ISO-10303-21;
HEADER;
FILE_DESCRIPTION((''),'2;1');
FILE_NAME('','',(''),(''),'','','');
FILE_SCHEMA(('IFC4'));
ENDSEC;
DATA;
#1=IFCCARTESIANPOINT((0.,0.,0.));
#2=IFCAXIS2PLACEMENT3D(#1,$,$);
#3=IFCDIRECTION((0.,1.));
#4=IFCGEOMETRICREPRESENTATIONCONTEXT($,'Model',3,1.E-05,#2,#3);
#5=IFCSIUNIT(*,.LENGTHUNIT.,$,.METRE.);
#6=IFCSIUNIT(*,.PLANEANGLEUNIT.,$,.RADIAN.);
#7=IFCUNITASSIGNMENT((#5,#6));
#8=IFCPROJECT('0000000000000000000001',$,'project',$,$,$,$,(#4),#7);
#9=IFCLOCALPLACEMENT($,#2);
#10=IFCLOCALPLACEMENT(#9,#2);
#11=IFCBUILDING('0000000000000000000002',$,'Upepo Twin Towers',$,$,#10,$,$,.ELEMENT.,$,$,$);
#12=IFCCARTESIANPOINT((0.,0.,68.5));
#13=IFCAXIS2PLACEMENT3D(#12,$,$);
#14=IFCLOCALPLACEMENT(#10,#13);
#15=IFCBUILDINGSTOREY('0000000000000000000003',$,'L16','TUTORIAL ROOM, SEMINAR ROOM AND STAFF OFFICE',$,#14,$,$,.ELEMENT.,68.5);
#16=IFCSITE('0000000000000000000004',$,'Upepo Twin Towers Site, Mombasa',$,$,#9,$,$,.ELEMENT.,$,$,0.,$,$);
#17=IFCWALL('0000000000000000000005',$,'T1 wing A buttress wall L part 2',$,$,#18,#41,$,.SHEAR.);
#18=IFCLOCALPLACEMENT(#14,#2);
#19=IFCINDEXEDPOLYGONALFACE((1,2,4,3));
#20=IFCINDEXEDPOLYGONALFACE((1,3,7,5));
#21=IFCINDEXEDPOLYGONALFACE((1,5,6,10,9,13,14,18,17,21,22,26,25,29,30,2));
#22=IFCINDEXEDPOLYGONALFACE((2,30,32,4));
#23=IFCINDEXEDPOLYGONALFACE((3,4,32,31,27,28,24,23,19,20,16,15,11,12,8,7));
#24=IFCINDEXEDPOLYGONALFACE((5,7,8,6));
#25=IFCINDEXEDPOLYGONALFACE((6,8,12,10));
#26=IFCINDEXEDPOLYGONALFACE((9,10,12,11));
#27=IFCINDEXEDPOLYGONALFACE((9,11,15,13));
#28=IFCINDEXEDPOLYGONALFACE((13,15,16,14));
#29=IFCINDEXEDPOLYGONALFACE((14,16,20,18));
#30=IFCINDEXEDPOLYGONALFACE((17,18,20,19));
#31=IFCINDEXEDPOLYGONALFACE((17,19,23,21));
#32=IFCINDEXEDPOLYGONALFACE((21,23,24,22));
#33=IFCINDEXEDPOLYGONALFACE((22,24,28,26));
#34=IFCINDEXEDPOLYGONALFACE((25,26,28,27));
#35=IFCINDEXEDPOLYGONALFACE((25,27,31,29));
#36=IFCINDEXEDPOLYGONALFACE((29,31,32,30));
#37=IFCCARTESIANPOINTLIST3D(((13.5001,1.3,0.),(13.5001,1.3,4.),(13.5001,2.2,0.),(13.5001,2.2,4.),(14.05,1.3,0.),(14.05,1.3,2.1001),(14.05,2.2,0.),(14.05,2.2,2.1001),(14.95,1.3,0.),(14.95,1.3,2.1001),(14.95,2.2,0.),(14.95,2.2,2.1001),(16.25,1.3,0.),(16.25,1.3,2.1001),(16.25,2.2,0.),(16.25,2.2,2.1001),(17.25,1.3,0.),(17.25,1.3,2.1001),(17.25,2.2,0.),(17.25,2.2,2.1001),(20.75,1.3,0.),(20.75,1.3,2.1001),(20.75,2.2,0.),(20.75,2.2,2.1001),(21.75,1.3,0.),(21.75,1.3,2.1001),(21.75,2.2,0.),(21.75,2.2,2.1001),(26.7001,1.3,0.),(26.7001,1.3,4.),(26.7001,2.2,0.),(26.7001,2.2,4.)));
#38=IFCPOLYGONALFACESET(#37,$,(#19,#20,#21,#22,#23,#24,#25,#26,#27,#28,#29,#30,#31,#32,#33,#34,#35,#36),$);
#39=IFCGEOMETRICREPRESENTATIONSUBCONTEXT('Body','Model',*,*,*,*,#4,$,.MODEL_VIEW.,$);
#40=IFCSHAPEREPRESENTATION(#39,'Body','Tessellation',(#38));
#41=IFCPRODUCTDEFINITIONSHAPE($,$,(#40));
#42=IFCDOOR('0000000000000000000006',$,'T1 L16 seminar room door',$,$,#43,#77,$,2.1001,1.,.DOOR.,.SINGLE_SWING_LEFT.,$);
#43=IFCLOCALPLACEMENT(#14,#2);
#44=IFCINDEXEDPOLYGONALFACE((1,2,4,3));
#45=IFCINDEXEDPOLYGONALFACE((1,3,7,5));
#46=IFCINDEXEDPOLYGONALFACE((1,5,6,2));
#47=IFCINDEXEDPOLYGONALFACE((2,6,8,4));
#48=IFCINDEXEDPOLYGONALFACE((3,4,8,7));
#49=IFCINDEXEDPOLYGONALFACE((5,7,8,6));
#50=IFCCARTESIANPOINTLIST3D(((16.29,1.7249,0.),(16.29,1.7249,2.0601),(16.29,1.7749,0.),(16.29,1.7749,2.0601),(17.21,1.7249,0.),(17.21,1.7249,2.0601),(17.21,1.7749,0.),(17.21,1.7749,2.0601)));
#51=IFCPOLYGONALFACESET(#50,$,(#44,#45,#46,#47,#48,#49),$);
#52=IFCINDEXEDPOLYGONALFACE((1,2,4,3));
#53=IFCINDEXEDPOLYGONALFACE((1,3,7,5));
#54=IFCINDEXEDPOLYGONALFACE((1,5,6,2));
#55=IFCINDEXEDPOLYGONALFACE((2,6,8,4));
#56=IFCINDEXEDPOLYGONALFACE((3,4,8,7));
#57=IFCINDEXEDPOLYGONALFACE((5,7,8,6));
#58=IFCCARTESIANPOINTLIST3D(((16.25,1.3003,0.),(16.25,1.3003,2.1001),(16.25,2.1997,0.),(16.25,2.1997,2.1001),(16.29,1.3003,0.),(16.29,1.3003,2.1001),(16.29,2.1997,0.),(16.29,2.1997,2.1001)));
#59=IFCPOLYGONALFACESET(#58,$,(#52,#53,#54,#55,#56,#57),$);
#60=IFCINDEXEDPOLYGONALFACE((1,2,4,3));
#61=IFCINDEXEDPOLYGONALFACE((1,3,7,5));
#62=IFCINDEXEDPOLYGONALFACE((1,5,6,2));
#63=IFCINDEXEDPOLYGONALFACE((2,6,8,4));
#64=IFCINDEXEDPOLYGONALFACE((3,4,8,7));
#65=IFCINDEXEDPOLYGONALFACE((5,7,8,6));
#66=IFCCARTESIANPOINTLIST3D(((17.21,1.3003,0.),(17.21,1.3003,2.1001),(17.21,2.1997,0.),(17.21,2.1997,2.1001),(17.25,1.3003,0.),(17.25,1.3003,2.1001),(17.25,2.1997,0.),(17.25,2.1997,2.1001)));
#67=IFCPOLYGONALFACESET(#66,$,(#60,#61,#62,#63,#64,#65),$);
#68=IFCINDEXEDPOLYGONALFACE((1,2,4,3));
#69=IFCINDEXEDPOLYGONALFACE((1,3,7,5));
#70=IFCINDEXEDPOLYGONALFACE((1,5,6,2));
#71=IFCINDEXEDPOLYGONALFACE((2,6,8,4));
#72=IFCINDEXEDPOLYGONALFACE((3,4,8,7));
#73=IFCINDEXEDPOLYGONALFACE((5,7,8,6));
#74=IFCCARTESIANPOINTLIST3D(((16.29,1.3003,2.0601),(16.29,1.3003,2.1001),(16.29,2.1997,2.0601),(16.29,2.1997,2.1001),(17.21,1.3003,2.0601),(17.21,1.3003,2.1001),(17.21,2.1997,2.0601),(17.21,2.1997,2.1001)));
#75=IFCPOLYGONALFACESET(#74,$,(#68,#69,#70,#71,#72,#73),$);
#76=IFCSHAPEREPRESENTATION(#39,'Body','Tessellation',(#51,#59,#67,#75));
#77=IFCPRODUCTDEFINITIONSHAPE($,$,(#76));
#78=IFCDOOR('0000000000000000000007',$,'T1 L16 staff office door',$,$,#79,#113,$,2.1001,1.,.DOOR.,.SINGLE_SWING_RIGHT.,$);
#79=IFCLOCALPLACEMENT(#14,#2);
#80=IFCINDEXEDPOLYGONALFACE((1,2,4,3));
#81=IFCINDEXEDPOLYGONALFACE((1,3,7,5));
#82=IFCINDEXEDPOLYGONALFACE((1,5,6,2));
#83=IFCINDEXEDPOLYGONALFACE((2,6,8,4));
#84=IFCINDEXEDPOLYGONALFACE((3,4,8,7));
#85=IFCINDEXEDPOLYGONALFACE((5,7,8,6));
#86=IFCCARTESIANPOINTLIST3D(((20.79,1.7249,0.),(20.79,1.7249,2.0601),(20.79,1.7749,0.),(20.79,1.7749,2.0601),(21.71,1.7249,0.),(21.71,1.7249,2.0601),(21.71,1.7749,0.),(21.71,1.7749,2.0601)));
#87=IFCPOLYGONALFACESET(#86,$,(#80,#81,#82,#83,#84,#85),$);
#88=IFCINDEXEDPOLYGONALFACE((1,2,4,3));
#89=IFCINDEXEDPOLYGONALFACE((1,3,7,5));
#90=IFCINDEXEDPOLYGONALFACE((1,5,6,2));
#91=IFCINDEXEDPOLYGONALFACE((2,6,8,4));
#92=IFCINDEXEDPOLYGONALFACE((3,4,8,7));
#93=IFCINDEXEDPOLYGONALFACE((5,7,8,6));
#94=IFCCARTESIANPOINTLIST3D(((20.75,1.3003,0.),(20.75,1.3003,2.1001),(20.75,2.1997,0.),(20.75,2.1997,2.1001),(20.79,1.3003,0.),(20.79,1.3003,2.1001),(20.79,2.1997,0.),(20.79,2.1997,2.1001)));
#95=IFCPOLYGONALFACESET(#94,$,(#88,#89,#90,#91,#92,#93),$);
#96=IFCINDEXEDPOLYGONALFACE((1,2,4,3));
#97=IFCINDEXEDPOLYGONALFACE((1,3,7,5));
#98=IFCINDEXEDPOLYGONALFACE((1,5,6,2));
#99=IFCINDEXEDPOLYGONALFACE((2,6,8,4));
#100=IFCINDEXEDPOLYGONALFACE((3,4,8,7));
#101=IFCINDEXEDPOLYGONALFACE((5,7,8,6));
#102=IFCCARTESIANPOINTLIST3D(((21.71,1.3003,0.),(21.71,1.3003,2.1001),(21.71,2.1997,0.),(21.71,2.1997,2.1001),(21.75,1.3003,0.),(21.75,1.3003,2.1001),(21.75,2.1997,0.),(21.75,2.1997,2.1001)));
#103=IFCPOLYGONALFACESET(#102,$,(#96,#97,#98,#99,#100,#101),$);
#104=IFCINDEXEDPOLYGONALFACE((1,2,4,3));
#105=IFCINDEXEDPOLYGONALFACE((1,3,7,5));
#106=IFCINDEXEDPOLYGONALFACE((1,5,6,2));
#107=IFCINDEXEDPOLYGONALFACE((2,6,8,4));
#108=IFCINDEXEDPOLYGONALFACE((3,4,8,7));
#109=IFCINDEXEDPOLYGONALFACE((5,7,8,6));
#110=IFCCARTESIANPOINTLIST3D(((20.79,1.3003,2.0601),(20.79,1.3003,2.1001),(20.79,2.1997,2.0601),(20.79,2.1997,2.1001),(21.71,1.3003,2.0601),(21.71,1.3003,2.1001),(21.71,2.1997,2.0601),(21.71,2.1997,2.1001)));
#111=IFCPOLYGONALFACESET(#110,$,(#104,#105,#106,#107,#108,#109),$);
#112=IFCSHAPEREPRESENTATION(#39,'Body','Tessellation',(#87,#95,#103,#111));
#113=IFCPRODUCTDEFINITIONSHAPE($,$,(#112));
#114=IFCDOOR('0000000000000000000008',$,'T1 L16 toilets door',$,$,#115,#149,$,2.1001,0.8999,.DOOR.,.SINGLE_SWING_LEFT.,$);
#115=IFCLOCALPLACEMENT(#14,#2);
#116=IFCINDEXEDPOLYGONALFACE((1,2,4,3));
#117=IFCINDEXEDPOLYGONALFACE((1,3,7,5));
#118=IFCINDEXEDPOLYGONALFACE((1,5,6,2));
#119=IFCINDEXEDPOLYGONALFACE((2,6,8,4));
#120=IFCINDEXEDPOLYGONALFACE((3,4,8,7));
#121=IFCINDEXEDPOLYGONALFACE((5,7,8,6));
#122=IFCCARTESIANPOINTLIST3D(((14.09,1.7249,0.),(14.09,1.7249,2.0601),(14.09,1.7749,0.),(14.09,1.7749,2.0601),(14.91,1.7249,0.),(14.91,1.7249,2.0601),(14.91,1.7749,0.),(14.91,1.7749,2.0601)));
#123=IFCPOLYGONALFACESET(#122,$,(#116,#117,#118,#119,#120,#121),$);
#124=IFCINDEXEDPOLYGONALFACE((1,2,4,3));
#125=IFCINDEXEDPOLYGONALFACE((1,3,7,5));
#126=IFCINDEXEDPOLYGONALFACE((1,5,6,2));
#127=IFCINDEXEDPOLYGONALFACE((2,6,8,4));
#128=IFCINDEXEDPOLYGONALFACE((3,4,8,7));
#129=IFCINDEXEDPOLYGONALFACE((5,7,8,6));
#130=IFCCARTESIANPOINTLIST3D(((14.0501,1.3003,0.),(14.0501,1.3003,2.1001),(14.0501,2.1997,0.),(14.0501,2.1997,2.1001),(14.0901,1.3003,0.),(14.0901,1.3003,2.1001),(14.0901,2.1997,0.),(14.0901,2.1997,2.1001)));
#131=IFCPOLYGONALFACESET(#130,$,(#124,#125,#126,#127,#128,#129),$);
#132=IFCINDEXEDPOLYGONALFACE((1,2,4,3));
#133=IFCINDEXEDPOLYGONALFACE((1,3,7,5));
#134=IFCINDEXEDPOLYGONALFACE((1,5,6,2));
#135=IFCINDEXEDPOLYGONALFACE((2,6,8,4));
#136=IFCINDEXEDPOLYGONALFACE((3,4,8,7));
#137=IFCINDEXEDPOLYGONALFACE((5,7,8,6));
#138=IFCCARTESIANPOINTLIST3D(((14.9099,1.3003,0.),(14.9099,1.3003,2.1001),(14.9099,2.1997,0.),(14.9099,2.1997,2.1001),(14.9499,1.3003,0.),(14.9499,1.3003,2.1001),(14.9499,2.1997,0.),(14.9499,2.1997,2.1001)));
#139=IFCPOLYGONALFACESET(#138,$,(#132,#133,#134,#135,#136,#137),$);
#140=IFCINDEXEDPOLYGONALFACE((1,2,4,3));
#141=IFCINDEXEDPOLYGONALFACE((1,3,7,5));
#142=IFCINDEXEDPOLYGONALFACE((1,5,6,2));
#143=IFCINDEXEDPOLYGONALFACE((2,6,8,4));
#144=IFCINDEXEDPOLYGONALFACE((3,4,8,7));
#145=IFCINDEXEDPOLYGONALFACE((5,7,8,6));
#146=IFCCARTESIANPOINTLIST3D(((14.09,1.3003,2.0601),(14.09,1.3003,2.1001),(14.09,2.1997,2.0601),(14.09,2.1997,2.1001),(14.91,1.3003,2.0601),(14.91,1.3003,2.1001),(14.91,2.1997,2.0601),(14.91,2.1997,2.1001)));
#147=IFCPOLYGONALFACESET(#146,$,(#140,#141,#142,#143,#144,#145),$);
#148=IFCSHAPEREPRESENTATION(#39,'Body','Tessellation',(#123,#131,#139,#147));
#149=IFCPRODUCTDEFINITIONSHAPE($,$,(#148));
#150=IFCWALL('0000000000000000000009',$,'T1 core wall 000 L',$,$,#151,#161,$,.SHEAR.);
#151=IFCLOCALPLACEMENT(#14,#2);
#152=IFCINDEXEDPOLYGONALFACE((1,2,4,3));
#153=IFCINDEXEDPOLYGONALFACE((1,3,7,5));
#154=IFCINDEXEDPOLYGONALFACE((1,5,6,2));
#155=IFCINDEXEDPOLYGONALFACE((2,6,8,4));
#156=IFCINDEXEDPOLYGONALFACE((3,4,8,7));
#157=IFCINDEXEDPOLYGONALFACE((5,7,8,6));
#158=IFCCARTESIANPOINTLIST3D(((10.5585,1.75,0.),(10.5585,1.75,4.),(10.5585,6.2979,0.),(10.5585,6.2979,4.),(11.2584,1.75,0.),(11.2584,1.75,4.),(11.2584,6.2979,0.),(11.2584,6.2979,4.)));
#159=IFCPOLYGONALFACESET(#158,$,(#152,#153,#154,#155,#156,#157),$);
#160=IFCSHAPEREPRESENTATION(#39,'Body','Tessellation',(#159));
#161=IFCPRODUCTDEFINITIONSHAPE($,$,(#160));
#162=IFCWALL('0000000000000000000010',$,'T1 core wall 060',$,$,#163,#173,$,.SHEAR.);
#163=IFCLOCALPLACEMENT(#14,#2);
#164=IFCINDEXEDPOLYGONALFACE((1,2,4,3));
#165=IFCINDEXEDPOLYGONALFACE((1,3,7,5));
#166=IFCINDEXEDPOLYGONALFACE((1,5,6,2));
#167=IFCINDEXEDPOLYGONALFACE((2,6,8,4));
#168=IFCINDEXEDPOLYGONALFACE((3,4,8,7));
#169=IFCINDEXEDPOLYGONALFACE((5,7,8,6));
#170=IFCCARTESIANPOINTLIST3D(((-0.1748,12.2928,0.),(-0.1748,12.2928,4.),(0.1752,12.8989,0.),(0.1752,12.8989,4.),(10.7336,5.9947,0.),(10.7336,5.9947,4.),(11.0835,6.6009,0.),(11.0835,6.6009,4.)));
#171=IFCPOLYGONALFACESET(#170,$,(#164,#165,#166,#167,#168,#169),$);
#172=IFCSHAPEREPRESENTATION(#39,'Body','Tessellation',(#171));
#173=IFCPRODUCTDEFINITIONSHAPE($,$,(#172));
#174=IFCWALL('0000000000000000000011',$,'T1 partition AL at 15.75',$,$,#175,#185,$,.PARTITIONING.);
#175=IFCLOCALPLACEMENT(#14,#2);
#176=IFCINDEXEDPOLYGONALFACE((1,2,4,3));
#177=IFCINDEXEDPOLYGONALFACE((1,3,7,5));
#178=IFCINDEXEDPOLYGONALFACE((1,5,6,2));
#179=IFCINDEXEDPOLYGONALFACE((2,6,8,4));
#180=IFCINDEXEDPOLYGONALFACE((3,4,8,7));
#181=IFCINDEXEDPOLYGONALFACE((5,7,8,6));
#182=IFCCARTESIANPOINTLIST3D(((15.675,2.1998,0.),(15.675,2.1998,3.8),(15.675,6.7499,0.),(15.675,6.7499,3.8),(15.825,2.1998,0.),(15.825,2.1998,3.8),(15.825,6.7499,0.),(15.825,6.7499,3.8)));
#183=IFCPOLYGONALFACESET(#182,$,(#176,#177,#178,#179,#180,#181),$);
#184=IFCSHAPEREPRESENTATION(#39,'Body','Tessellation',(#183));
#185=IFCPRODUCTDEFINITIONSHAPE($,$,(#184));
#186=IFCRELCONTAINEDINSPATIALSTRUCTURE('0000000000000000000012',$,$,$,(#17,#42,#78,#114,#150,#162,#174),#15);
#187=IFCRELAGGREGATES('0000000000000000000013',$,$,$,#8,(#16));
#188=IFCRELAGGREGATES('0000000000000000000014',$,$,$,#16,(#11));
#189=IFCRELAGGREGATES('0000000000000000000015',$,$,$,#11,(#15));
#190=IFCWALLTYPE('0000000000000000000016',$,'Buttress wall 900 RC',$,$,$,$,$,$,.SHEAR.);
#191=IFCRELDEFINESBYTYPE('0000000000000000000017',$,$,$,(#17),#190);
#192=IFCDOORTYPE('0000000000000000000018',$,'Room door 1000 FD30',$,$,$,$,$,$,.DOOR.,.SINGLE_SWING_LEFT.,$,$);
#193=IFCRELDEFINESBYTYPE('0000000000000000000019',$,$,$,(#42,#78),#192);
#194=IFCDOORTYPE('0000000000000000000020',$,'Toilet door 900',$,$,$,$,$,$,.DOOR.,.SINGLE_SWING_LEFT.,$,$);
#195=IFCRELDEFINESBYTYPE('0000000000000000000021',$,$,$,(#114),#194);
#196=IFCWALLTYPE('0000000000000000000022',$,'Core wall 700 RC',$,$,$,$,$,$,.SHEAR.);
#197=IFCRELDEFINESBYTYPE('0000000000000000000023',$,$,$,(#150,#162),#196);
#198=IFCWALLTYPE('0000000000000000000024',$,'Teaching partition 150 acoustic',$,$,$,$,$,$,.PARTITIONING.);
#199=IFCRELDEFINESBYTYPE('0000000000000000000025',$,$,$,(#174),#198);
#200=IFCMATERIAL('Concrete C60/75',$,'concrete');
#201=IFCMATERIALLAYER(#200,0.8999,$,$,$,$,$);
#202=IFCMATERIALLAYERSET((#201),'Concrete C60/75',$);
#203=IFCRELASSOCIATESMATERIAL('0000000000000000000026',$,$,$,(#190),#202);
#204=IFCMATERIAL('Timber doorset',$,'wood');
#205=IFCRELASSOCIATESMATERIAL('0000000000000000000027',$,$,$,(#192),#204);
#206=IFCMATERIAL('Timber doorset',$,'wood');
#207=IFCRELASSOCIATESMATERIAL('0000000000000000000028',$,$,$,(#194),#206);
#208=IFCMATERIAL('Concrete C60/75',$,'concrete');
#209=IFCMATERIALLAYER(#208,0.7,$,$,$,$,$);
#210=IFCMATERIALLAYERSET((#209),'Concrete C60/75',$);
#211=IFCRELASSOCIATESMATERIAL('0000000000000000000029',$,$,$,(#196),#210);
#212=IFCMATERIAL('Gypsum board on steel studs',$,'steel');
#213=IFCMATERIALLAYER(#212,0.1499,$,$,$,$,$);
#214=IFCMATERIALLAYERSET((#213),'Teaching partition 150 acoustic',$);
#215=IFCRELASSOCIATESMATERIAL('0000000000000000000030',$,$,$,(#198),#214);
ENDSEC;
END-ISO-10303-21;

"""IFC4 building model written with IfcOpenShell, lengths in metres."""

from ifc_helpers import new_model, si_unit, direction, frame, frame_2d, origin, place, context, subcontext, project, spatial, rectangle, extrude, material, layer, layer_set, type_object, element, fill, save


model = new_model("IFC4")

# Units and contexts
model_context = context("Model", 3, precision=1e-05, world=origin(), true_north=direction((0.0, 1.0)))
body_context = subcontext(model_context, "Body", "Model", "MODEL_VIEW")
ifc_project = project(units=[si_unit("LENGTHUNIT", "METRE"), si_unit("PLANEANGLEUNIT", "RADIAN")], contexts=[model_context])

# Site, building, storey
site_placement = place(None, origin())
site = spatial("IfcSite", under=ifc_project, at=site_placement, Name="Upepo Twin Towers Site, Mombasa", CompositionType="ELEMENT", RefElevation=0.0)
building_placement = place(site_placement, origin())
building = spatial("IfcBuilding", under=site, at=building_placement, Name="Upepo Twin Towers", CompositionType="ELEMENT")
storey_placement = place(building_placement, frame((0.0, 0.0, 68.5)))
storey = spatial("IfcBuildingStorey", under=building, at=storey_placement, Name="L16", Description="TUTORIAL ROOM, SEMINAR ROOM AND STAFF OFFICE", CompositionType="ELEMENT", Elevation=68.5)

# Wall, openings, doors
ifc_material_1 = material(Name="Concrete C60/75", Category="concrete")
ifc_layer_1 = layer(ifc_material_1, 0.8999)
ifc_layer_set_1 = layer_set([ifc_layer_1], Name="Concrete C60/75")
wall_type_1 = type_object("IfcWallType", Name="Buttress wall 900 RC", PredefinedType="SHEAR", material=ifc_layer_set_1)
wall_1_placement = place(storey_placement, frame((13.5, 1.75, 0.0), z_axis=(0.0, 0.0, 1.0), x_axis=(1.0, 0.0, 0.0)))
wall_1 = element("IfcWall", 1, at=wall_1_placement, inside=storey, type_object=wall_type_1, Name="T1 wing A buttress wall L part 2", PredefinedType="SHEAR", context=body_context, shape_type="SweptSolid", body=[
    extrude(rectangle(XDim=13.2, YDim=0.8999, at=frame_2d((6.6001, 0.0))), origin(), (0.0, 0.0, 1.0), 4.0),
])
opening_1_placement = place(wall_1_placement, frame((0.55, 0.0, 0.0)))
opening_1 = element("IfcOpeningElement", 2, at=opening_1_placement, cuts=wall_1, PredefinedType="OPENING", context=body_context, shape_type="SweptSolid", body=[
    extrude(rectangle(XDim=0.8999, YDim=2.1001, at=frame_2d((0.45, 1.05))), frame((0.0, 0.46, 0.0), z_axis=(0.0, -1.0, 0.0), x_axis=(1.0, 0.0, 0.0)), (0.0, 0.0, 1.0), 0.9199),
])
opening_2_placement = place(wall_1_placement, frame((2.75, 0.0, 0.0)))
opening_2 = element("IfcOpeningElement", 3, at=opening_2_placement, cuts=wall_1, PredefinedType="OPENING", context=body_context, shape_type="SweptSolid", body=[
    extrude(rectangle(XDim=1.0, YDim=2.1001, at=frame_2d((0.5, 1.05))), frame((0.0, 0.46, 0.0), z_axis=(0.0, -1.0, 0.0), x_axis=(1.0, 0.0, 0.0)), (0.0, 0.0, 1.0), 0.9199),
])
opening_3_placement = place(wall_1_placement, frame((7.25, 0.0, 0.0)))
opening_3 = element("IfcOpeningElement", 4, at=opening_3_placement, cuts=wall_1, PredefinedType="OPENING", context=body_context, shape_type="SweptSolid", body=[
    extrude(rectangle(XDim=1.0, YDim=2.1001, at=frame_2d((0.5, 1.05))), frame((0.0, 0.46, 0.0), z_axis=(0.0, -1.0, 0.0), x_axis=(1.0, 0.0, 0.0)), (0.0, 0.0, 1.0), 0.9199),
])
ifc_material_2 = material(Name="Timber doorset", Category="wood")
door_type_1 = type_object("IfcDoorType", Name="Room door 1000 FD30", OperationType="SINGLE_SWING_LEFT", PredefinedType="DOOR", material=ifc_material_2)
door_1_placement = place(opening_2_placement, origin())
door_1 = element("IfcDoor", 5, at=door_1_placement, inside=storey, type_object=door_type_1, Name="T1 L16 seminar room door", OperationType="SINGLE_SWING_LEFT", OverallHeight=2.1001, OverallWidth=1.0, PredefinedType="DOOR", context=body_context, shape_type="SweptSolid", body=[
    extrude(rectangle(XDim=0.92, YDim=2.0601, at=frame_2d((0.5, 1.03))), frame((0.0, 0.0249, 0.0), z_axis=(0.0, -1.0, 0.0), x_axis=(1.0, 0.0, 0.0)), (0.0, 0.0, 1.0), 0.05),
    extrude(rectangle(XDim=0.04, YDim=2.1001, at=frame_2d((0.02, 1.05))), frame((0.0, 0.4497, 0.0), z_axis=(0.0, -1.0, 0.0), x_axis=(1.0, 0.0, 0.0)), (0.0, 0.0, 1.0), 0.8994),
    extrude(rectangle(XDim=0.04, YDim=2.1001, at=frame_2d((0.98, 1.05))), frame((0.0, 0.4497, 0.0), z_axis=(0.0, -1.0, 0.0), x_axis=(1.0, 0.0, 0.0)), (0.0, 0.0, 1.0), 0.8994),
    extrude(rectangle(XDim=0.92, YDim=0.04, at=frame_2d((0.5, 2.0801))), frame((0.0, 0.4497, 0.0), z_axis=(0.0, -1.0, 0.0), x_axis=(1.0, 0.0, 0.0)), (0.0, 0.0, 1.0), 0.8994),
])
fill(opening_2, door_1)
door_2_placement = place(opening_3_placement, origin())
door_2 = element("IfcDoor", 6, at=door_2_placement, inside=storey, type_object=door_type_1, Name="T1 L16 staff office door", OperationType="SINGLE_SWING_RIGHT", OverallHeight=2.1001, OverallWidth=1.0, PredefinedType="DOOR", context=body_context, shape_type="SweptSolid", body=[
    extrude(rectangle(XDim=0.92, YDim=2.0601, at=frame_2d((0.5, 1.03))), frame((0.0, 0.0249, 0.0), z_axis=(0.0, -1.0, 0.0), x_axis=(1.0, 0.0, 0.0)), (0.0, 0.0, 1.0), 0.05),
    extrude(rectangle(XDim=0.04, YDim=2.1001, at=frame_2d((0.02, 1.05))), frame((0.0, 0.4497, 0.0), z_axis=(0.0, -1.0, 0.0), x_axis=(1.0, 0.0, 0.0)), (0.0, 0.0, 1.0), 0.8994),
    extrude(rectangle(XDim=0.04, YDim=2.1001, at=frame_2d((0.98, 1.05))), frame((0.0, 0.4497, 0.0), z_axis=(0.0, -1.0, 0.0), x_axis=(1.0, 0.0, 0.0)), (0.0, 0.0, 1.0), 0.8994),
    extrude(rectangle(XDim=0.92, YDim=0.04, at=frame_2d((0.5, 2.0801))), frame((0.0, 0.4497, 0.0), z_axis=(0.0, -1.0, 0.0), x_axis=(1.0, 0.0, 0.0)), (0.0, 0.0, 1.0), 0.8994),
])
fill(opening_3, door_2)
ifc_material_3 = material(Name="Timber doorset", Category="wood")
door_type_2 = type_object("IfcDoorType", Name="Toilet door 900", OperationType="SINGLE_SWING_LEFT", PredefinedType="DOOR", material=ifc_material_3)
door_3_placement = place(opening_1_placement, origin())
door_3 = element("IfcDoor", 7, at=door_3_placement, inside=storey, type_object=door_type_2, Name="T1 L16 toilets door", OperationType="SINGLE_SWING_LEFT", OverallHeight=2.1001, OverallWidth=0.8999, PredefinedType="DOOR", context=body_context, shape_type="SweptSolid", body=[
    extrude(rectangle(XDim=0.8199, YDim=2.0601, at=frame_2d((0.45, 1.03))), frame((0.0, 0.0249, 0.0), z_axis=(0.0, -1.0, 0.0), x_axis=(1.0, 0.0, 0.0)), (0.0, 0.0, 1.0), 0.05),
    extrude(rectangle(XDim=0.04, YDim=2.1001, at=frame_2d((0.02, 1.05))), frame((0.0, 0.4497, 0.0), z_axis=(0.0, -1.0, 0.0), x_axis=(1.0, 0.0, 0.0)), (0.0, 0.0, 1.0), 0.8994),
    extrude(rectangle(XDim=0.04, YDim=2.1001, at=frame_2d((0.8799, 1.05))), frame((0.0, 0.4497, 0.0), z_axis=(0.0, -1.0, 0.0), x_axis=(1.0, 0.0, 0.0)), (0.0, 0.0, 1.0), 0.8994),
    extrude(rectangle(XDim=0.8199, YDim=0.04, at=frame_2d((0.45, 2.0801))), frame((0.0, 0.4497, 0.0), z_axis=(0.0, -1.0, 0.0), x_axis=(1.0, 0.0, 0.0)), (0.0, 0.0, 1.0), 0.8994),
])
fill(opening_1, door_3)

# Walls
ifc_material_4 = material(Name="Concrete C60/75", Category="concrete")
ifc_layer_2 = layer(ifc_material_4, 0.7)
ifc_layer_set_2 = layer_set([ifc_layer_2], Name="Concrete C60/75")
wall_type_2 = type_object("IfcWallType", Name="Core wall 700 RC", PredefinedType="SHEAR", material=ifc_layer_set_2)
wall_2_placement = place(storey_placement, frame((10.9084, 1.75, 0.0), z_axis=(0.0, 0.0, 1.0), x_axis=(0.0, 1.0, 0.0)))
element("IfcWall", 8, at=wall_2_placement, inside=storey, type_object=wall_type_2, Name="T1 core wall 000 L", PredefinedType="SHEAR", context=body_context, shape_type="SweptSolid", body=[
    extrude(rectangle(XDim=4.5479, YDim=0.7, at=frame_2d((2.2739, 0.0))), origin(), (0.0, 0.0, 1.0), 4.0),
])
wall_3_placement = place(storey_placement, frame((10.9084, 6.2979, 0.0), z_axis=(0.0, 0.0, 1.0), x_axis=(-0.866022, 0.500006, 0.0)))
element("IfcWall", 9, at=wall_3_placement, inside=storey, type_object=wall_type_2, Name="T1 core wall 060", PredefinedType="SHEAR", context=body_context, shape_type="SweptSolid", body=[
    extrude(rectangle(XDim=12.5959, YDim=0.7, at=frame_2d((6.2979, 0.0))), origin(), (0.0, 0.0, 1.0), 4.0),
])
ifc_material_5 = material(Name="Gypsum board on steel studs", Category="steel")
ifc_layer_3 = layer(ifc_material_5, 0.1499)
ifc_layer_set_3 = layer_set([ifc_layer_3], Name="Teaching partition 150 acoustic")
wall_type_3 = type_object("IfcWallType", Name="Teaching partition 150 acoustic", PredefinedType="PARTITIONING", material=ifc_layer_set_3)
wall_4_placement = place(storey_placement, frame((15.75, 2.2, 0.0), z_axis=(0.0, 0.0, 1.0), x_axis=(0.0, 1.0, 0.0)))
element("IfcWall", 10, at=wall_4_placement, inside=storey, type_object=wall_type_3, Name="T1 partition AL at 15.75", PredefinedType="PARTITIONING", context=body_context, shape_type="SweptSolid", body=[
    extrude(rectangle(XDim=4.55, YDim=0.1499, at=frame_2d((2.2749, 0.0))), origin(), (0.0, 0.0, 1.0), 3.8),
])

save(model, "model.ifc")
